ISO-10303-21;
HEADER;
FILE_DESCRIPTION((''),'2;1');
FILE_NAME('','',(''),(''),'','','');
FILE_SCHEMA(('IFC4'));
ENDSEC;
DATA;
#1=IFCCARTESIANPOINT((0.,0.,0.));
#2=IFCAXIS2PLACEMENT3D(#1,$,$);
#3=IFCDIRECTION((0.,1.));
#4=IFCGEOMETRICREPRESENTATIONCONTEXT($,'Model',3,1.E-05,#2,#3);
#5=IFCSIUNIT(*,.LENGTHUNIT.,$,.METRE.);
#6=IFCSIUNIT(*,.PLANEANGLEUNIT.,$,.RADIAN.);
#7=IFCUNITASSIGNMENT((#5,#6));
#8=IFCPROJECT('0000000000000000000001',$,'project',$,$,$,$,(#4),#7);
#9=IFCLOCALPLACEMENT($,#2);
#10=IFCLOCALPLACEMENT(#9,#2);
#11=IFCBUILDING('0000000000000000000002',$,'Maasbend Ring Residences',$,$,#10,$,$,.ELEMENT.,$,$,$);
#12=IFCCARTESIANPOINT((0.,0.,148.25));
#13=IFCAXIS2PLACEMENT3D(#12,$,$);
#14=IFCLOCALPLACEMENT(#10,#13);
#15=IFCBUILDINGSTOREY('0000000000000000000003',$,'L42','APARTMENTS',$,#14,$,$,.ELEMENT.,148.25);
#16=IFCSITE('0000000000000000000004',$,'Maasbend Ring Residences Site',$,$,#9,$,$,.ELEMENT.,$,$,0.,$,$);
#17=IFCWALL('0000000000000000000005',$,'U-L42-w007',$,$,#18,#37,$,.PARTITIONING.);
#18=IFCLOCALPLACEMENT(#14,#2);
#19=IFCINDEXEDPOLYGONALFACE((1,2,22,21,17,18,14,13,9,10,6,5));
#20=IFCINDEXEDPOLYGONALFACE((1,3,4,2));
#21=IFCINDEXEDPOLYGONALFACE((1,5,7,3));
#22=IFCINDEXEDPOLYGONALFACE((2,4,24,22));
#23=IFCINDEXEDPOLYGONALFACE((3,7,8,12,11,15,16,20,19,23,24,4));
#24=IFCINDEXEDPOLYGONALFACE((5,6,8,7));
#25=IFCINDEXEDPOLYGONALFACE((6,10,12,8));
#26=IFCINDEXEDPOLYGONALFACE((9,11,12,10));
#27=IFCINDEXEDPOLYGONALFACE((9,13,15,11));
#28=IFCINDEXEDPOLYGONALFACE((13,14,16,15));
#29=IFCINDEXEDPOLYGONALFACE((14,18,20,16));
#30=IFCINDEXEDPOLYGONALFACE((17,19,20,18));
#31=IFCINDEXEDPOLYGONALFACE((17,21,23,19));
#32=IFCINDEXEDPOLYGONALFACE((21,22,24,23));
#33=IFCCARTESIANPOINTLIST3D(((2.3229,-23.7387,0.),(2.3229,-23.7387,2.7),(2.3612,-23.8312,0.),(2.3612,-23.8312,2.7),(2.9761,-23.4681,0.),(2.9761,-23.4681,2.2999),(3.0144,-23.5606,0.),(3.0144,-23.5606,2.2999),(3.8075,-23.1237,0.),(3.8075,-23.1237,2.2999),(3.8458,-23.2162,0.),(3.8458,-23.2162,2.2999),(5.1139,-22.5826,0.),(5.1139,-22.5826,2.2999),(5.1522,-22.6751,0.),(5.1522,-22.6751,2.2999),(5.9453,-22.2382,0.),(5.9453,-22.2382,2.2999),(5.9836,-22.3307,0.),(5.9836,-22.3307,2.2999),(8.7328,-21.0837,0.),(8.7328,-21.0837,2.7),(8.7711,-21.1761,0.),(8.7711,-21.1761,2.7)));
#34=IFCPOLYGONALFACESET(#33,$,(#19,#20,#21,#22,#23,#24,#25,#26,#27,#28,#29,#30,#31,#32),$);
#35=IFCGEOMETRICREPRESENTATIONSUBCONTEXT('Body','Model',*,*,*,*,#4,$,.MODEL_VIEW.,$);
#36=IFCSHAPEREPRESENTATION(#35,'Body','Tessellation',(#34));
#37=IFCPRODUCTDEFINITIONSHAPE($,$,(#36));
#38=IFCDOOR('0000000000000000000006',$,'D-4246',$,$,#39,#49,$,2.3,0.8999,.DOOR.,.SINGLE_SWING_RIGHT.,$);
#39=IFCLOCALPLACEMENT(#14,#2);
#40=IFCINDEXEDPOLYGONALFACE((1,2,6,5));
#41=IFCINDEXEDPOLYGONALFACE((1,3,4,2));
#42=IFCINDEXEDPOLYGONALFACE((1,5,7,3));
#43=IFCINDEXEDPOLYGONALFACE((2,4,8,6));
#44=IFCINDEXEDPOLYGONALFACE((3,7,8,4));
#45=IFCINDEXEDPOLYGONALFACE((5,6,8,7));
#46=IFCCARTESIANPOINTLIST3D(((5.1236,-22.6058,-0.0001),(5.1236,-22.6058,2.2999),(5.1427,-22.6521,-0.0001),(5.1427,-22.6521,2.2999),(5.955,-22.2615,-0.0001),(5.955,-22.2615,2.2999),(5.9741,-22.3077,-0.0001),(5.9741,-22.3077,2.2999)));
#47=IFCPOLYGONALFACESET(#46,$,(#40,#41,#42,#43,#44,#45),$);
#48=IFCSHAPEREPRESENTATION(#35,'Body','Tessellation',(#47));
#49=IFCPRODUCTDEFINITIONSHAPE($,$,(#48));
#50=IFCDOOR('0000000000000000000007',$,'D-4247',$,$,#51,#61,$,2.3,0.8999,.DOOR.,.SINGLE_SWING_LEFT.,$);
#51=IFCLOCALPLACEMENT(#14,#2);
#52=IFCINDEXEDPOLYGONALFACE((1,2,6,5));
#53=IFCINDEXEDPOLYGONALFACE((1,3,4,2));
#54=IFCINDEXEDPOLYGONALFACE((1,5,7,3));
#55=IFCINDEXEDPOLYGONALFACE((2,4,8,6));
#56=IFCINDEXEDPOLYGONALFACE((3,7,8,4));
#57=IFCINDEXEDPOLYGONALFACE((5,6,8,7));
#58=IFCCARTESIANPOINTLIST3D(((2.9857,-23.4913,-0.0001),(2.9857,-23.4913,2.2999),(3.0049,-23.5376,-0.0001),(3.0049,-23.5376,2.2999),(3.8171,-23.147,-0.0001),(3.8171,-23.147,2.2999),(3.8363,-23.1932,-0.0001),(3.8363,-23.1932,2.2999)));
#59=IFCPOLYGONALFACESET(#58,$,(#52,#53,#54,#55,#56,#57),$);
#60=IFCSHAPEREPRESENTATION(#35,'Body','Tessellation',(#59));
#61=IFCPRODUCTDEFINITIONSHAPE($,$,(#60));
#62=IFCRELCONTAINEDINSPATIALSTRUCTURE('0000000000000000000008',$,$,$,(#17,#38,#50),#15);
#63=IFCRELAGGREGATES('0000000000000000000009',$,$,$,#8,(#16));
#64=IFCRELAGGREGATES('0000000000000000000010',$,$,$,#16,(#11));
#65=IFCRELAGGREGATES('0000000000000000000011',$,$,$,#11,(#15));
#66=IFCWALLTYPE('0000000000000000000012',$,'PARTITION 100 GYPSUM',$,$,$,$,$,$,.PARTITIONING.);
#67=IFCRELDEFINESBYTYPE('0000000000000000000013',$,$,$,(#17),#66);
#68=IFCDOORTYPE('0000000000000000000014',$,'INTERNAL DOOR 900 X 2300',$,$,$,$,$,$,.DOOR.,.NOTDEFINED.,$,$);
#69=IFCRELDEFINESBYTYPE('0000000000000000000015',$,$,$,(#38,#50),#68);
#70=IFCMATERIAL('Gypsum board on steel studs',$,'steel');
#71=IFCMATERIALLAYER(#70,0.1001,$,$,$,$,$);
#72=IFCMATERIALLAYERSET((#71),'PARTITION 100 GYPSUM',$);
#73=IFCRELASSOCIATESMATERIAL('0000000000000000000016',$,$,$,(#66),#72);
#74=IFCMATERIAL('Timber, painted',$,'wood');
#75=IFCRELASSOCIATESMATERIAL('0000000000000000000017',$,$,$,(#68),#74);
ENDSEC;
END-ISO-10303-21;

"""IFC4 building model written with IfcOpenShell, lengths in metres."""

from ifc_helpers import new_model, si_unit, direction, frame, frame_2d, origin, place, context, subcontext, project, spatial, rectangle, extrude, material, layer, layer_set, type_object, element, fill, save


model = new_model("IFC4")

# Units and contexts
model_context = context("Model", 3, precision=1e-05, world=origin(), true_north=direction((0.0, 1.0)))
body_context = subcontext(model_context, "Body", "Model", "MODEL_VIEW")
ifc_project = project(units=[si_unit("LENGTHUNIT", "METRE"), si_unit("PLANEANGLEUNIT", "RADIAN")], contexts=[model_context])

# Site, building, storey
site_placement = place(None, origin())
site = spatial("IfcSite", under=ifc_project, at=site_placement, Name="Maasbend Ring Residences Site", CompositionType="ELEMENT", RefElevation=0.0)
building_placement = place(site_placement, origin())
building = spatial("IfcBuilding", under=site, at=building_placement, Name="Maasbend Ring Residences", CompositionType="ELEMENT")
storey_placement = place(building_placement, frame((0.0, 0.0, 148.25)))
storey = spatial("IfcBuildingStorey", under=building, at=storey_placement, Name="L42", Description="APARTMENTS", CompositionType="ELEMENT", Elevation=148.25)

# Shared definitions
ifc_material_1 = material(Name="Gypsum board on steel studs", Category="steel")
ifc_layer_1 = layer(ifc_material_1, 0.1001)
ifc_layer_set_1 = layer_set([ifc_layer_1], Name="PARTITION 100 GYPSUM")
wall_type_1 = type_object("IfcWallType", Name="PARTITION 100 GYPSUM", PredefinedType="PARTITIONING", material=ifc_layer_set_1)
ifc_material_2 = material(Name="Timber, painted", Category="wood")
door_type_1 = type_object("IfcDoorType", Name="INTERNAL DOOR 900 X 2300", OperationType="NOTDEFINED", PredefinedType="DOOR", material=ifc_material_2)

# Wall, openings, doors
wall_1_placement = place(storey_placement, frame((2.342, -23.7849, 0.0), z_axis=(0.0, 0.0, 1.0), x_axis=(0.923882, 0.382678, 0.0)))
wall_1 = element("IfcWall", 1, at=wall_1_placement, inside=storey, type_object=wall_type_1, Name="U-L42-w007", PredefinedType="PARTITIONING", context=body_context, shape_type="SweptSolid", body=[
    extrude(rectangle(XDim=6.938, YDim=0.1001, at=frame_2d((3.469, 0.0))), origin(), (0.0, 0.0, 1.0), 2.7),
])
opening_1_placement = place(wall_1_placement, frame((3.021, 0.0, 0.0)))
opening_1 = element("IfcOpeningElement", 2, at=opening_1_placement, cuts=wall_1, PredefinedType="OPENING", context=body_context, shape_type="SweptSolid", body=[
    extrude(rectangle(XDim=0.8999, YDim=2.3, at=frame_2d((0.45, 1.1499))), frame((0.0, 0.0601, 0.0), z_axis=(0.0, -1.0, 0.0), x_axis=(1.0, 0.0, 0.0)), (0.0, 0.0, 1.0), 0.1201),
])
opening_2_placement = place(wall_1_placement, frame((0.707, 0.0, 0.0)))
opening_2 = element("IfcOpeningElement", 3, at=opening_2_placement, cuts=wall_1, PredefinedType="OPENING", context=body_context, shape_type="SweptSolid", body=[
    extrude(rectangle(XDim=0.8999, YDim=2.3, at=frame_2d((0.45, 1.1499))), frame((0.0, 0.0601, 0.0), z_axis=(0.0, -1.0, 0.0), x_axis=(1.0, 0.0, 0.0)), (0.0, 0.0, 1.0), 0.1201),
])
door_1_placement = place(opening_1_placement, origin())
door_1 = element("IfcDoor", 4, at=door_1_placement, inside=storey, type_object=door_type_1, Name="D-4246", OperationType="SINGLE_SWING_RIGHT", OverallHeight=2.3, OverallWidth=0.8999, PredefinedType="DOOR", context=body_context, shape_type="SweptSolid", body=[
    extrude(rectangle(XDim=0.8999, YDim=2.3, at=frame_2d((0.45, 1.1499))), frame((0.0, 0.0249, 0.0), z_axis=(0.0, -1.0, 0.0), x_axis=(1.0, 0.0, 0.0)), (0.0, 0.0, 1.0), 0.05),
])
fill(opening_1, door_1)
door_2_placement = place(opening_2_placement, origin())
door_2 = element("IfcDoor", 5, at=door_2_placement, inside=storey, type_object=door_type_1, Name="D-4247", OperationType="SINGLE_SWING_LEFT", OverallHeight=2.3, OverallWidth=0.8999, PredefinedType="DOOR", context=body_context, shape_type="SweptSolid", body=[
    extrude(rectangle(XDim=0.8999, YDim=2.3, at=frame_2d((0.45, 1.1499))), frame((0.0, 0.0249, 0.0), z_axis=(0.0, -1.0, 0.0), x_axis=(1.0, 0.0, 0.0)), (0.0, 0.0, 1.0), 0.05),
])
fill(opening_2, door_2)

save(model, "model.ifc")
